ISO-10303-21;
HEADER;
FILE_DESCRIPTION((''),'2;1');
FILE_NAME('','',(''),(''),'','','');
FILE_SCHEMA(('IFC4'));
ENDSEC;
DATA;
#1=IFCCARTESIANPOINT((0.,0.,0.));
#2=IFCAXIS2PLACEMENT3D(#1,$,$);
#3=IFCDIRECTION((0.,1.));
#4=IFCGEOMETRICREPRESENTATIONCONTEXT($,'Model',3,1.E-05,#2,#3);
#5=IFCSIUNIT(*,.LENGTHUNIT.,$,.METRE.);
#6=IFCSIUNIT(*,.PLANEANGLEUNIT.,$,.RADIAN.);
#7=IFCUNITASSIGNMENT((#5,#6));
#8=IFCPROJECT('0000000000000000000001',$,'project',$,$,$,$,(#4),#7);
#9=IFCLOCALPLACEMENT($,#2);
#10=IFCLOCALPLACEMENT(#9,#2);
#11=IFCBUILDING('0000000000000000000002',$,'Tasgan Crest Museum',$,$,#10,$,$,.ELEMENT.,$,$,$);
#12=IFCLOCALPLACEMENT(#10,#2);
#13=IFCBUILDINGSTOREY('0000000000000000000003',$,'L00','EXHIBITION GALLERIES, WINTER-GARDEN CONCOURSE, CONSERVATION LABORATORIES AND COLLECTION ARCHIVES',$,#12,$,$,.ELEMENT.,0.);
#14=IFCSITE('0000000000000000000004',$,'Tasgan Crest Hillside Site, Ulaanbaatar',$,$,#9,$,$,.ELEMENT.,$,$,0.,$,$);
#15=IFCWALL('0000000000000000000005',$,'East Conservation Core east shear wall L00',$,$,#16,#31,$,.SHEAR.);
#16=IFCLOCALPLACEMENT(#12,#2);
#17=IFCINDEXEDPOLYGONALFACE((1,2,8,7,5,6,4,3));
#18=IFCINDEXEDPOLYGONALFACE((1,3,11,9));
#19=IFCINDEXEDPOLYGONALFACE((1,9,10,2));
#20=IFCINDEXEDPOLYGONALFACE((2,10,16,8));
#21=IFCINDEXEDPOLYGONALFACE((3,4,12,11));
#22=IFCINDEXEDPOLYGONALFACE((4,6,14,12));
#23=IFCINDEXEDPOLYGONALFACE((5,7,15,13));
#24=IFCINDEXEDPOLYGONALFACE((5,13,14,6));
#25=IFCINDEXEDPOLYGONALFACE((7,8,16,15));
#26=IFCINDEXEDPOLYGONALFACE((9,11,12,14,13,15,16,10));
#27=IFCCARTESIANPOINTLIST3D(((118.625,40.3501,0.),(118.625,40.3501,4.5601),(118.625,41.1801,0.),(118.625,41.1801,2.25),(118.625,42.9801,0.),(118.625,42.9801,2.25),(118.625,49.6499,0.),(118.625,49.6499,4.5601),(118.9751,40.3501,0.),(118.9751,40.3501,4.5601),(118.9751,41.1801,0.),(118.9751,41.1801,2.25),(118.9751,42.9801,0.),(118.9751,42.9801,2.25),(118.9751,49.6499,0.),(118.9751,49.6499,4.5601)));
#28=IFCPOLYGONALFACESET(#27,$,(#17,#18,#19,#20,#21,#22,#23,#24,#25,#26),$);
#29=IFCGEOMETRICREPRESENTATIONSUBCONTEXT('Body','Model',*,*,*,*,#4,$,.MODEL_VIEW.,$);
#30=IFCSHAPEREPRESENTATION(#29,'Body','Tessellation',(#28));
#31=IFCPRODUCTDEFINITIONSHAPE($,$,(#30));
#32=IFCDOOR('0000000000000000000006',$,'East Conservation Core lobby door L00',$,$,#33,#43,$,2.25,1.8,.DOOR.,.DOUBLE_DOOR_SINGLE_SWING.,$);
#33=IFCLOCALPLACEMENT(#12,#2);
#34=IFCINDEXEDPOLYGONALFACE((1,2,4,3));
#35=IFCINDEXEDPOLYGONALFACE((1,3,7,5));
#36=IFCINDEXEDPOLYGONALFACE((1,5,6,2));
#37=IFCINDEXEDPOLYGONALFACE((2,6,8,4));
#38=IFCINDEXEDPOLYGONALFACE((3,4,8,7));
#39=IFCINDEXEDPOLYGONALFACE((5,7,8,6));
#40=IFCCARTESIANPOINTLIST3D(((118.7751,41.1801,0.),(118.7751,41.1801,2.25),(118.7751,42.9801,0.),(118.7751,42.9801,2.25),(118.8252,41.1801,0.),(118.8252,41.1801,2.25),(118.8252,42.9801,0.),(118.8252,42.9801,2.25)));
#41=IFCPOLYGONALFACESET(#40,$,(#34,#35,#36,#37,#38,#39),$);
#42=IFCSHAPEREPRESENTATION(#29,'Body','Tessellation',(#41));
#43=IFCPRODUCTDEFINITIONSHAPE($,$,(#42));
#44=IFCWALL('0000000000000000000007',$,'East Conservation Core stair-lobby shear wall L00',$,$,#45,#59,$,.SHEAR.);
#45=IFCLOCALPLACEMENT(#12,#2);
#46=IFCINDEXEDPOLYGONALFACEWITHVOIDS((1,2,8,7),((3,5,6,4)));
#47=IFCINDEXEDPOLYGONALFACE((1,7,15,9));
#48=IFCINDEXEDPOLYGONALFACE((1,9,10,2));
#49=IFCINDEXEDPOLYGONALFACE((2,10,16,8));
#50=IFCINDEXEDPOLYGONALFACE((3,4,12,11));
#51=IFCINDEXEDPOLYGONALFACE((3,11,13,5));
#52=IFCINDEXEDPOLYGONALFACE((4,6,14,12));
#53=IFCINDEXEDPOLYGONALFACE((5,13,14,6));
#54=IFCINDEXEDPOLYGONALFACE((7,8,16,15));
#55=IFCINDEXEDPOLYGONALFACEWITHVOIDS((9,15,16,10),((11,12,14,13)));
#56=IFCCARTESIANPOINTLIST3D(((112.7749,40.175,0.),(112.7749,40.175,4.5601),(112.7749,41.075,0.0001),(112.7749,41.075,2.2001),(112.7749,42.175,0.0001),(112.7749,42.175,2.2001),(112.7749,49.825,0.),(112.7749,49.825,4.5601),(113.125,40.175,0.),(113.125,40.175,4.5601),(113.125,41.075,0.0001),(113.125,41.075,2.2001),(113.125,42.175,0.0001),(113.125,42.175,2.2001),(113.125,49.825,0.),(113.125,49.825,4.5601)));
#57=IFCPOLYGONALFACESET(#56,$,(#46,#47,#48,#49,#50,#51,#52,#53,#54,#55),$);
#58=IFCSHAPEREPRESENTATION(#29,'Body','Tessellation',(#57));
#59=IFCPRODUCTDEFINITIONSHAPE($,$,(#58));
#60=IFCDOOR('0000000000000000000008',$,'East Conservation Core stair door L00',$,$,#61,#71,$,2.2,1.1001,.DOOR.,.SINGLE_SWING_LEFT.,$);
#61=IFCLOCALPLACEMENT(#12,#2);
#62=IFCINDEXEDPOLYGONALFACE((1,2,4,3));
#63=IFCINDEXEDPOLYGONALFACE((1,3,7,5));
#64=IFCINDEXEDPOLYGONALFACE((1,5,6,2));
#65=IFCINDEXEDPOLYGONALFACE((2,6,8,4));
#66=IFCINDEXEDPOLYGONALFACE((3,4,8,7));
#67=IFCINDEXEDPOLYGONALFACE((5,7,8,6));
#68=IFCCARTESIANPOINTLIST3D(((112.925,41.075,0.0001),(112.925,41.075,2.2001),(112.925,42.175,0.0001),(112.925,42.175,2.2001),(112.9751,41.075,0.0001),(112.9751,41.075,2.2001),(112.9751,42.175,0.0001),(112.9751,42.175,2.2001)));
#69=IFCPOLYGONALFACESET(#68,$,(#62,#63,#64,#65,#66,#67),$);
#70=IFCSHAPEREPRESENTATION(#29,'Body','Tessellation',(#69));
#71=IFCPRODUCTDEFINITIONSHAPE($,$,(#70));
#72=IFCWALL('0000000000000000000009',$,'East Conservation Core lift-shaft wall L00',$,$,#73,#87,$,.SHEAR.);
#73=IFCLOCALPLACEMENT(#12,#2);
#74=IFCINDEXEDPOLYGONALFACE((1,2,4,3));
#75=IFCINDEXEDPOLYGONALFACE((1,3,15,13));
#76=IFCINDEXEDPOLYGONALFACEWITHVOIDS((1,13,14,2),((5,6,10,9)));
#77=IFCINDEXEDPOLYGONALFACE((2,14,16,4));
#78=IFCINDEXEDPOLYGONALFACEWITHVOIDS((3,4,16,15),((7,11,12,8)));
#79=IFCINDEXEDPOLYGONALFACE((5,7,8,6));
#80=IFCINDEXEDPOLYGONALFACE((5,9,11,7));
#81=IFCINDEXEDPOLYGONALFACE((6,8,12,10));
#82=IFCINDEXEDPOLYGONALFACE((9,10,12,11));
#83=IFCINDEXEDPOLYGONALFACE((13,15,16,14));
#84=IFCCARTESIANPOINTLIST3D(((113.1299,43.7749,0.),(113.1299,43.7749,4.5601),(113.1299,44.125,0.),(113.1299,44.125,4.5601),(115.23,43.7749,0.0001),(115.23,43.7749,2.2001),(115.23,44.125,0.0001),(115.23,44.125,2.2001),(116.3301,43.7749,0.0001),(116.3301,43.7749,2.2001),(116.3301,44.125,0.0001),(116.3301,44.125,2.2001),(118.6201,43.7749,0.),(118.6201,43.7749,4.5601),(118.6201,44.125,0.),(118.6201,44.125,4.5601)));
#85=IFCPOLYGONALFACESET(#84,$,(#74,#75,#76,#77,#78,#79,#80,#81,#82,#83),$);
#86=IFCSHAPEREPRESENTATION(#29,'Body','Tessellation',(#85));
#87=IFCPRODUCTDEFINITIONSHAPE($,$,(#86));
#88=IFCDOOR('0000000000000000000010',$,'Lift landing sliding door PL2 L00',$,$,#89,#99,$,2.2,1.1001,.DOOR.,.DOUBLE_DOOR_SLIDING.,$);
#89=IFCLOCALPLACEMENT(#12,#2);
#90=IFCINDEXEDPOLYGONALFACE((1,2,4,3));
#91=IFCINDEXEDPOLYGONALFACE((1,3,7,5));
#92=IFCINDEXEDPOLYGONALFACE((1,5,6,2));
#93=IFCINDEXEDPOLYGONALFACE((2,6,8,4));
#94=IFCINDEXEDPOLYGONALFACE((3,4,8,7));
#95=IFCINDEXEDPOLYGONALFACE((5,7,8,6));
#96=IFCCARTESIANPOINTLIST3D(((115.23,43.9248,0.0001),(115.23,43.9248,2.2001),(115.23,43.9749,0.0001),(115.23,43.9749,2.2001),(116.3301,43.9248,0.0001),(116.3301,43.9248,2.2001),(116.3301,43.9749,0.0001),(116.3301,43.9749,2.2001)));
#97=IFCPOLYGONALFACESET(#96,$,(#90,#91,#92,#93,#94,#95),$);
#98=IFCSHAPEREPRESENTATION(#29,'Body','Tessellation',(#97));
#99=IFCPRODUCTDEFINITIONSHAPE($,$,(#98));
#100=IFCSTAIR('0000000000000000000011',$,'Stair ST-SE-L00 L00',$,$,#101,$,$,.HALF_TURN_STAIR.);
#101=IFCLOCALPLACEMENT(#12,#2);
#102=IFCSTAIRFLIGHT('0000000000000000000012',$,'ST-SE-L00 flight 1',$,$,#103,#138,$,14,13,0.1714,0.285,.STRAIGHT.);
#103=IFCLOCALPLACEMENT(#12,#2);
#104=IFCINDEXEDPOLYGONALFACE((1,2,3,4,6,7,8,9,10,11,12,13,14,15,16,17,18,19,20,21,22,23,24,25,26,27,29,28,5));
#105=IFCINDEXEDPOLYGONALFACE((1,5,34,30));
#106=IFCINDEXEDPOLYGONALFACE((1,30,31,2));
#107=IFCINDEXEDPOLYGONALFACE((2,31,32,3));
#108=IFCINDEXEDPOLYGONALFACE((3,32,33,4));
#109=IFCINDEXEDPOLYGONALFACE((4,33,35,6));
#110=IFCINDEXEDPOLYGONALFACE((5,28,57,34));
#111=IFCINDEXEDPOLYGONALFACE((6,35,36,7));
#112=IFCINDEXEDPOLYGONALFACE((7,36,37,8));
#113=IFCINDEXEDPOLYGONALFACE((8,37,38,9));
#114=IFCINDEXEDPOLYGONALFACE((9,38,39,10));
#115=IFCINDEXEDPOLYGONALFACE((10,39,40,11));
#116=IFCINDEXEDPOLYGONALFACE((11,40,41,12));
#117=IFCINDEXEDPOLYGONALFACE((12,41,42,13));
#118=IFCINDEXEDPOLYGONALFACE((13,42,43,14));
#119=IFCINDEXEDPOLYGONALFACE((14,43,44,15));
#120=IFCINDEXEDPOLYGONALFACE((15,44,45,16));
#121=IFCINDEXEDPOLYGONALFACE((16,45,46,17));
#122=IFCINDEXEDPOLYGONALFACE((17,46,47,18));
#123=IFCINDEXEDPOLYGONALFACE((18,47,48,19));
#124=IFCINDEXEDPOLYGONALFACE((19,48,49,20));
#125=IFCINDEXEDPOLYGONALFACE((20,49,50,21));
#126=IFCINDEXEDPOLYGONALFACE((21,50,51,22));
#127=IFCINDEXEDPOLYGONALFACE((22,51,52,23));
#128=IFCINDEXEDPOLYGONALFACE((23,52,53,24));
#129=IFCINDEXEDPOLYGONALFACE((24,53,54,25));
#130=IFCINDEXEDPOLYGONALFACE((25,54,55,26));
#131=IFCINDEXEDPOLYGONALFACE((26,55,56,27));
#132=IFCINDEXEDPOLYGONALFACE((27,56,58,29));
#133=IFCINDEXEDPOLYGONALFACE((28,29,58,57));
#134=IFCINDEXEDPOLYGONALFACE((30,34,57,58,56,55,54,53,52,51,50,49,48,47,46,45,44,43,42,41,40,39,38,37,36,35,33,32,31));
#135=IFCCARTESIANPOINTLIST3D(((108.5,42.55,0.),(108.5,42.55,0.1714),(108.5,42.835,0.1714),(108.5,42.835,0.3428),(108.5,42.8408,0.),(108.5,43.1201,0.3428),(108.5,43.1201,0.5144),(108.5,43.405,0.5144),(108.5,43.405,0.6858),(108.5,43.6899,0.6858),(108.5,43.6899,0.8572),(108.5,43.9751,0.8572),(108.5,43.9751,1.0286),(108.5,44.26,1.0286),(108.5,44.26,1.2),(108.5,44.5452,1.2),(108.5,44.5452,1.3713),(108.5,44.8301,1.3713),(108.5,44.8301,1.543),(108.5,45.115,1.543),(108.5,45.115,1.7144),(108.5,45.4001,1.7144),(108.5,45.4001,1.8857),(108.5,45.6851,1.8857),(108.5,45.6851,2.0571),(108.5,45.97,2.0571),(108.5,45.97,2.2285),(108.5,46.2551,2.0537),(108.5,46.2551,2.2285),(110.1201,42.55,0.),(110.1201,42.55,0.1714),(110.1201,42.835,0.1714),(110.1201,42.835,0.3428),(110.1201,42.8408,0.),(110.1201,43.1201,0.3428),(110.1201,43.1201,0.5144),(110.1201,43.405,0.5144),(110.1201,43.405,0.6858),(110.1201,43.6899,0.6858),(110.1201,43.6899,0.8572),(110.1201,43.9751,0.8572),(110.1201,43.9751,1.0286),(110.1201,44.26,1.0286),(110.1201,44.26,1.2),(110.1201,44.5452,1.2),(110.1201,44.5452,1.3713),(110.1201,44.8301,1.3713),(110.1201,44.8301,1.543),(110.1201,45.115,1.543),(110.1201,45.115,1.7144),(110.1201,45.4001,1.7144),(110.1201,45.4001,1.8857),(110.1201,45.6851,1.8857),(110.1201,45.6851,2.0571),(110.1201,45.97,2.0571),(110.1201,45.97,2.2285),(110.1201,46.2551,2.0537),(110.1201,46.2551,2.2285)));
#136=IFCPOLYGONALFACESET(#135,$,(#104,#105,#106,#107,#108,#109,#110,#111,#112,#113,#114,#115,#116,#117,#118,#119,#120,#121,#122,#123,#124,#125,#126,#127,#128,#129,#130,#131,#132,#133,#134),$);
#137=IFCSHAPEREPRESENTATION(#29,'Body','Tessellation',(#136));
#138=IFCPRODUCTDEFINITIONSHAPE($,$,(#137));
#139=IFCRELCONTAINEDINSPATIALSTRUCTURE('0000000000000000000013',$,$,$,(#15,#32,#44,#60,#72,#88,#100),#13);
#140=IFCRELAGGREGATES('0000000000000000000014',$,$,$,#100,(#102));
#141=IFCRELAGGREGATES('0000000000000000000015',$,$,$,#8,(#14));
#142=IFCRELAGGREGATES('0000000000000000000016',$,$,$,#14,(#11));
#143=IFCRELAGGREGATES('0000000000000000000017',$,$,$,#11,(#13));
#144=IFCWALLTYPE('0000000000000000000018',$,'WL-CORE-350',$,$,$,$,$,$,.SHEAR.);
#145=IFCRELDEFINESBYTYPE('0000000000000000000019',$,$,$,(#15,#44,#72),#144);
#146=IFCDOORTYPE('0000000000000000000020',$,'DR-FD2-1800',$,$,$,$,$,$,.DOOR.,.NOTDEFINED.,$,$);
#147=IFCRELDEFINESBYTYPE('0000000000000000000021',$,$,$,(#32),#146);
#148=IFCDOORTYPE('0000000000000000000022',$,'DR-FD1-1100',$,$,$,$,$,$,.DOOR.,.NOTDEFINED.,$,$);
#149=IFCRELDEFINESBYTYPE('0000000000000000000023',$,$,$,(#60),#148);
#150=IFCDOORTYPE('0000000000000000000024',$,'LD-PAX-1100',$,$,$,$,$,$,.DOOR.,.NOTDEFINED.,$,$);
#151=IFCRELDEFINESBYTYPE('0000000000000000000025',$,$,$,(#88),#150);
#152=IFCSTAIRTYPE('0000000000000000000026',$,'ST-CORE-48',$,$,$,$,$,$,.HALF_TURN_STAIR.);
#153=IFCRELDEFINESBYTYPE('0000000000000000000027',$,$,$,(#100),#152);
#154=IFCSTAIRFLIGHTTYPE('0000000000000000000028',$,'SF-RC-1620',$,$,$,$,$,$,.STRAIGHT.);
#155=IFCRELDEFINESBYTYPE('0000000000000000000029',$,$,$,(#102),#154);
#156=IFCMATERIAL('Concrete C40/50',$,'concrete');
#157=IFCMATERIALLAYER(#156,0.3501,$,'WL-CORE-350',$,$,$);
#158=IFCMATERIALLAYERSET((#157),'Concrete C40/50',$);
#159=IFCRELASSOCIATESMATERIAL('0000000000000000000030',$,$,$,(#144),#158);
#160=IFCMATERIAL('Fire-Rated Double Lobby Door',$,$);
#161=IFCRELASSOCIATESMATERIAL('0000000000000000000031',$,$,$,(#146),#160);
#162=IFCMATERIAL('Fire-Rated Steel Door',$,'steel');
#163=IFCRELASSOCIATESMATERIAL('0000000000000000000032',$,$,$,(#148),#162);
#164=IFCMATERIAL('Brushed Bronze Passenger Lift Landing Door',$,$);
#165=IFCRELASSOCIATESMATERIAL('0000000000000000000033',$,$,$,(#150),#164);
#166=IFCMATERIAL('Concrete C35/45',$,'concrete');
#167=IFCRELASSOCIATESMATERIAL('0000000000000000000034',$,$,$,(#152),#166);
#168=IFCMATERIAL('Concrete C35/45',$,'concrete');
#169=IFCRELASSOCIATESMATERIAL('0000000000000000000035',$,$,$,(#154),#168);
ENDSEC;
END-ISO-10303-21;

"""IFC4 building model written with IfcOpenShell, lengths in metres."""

from ifc_helpers import new_model, si_unit, direction, frame, frame_2d, origin, place, context, subcontext, project, spatial, polyline, rectangle, outline, extrude, material, layer, layer_set, type_object, element, fill, aggregate, save


model = new_model("IFC4")

# Units and contexts
model_context = context("Model", 3, precision=1e-05, world=origin(), true_north=direction((0.0, 1.0)))
body_context = subcontext(model_context, "Body", "Model", "MODEL_VIEW")
ifc_project = project(units=[si_unit("LENGTHUNIT", "METRE"), si_unit("PLANEANGLEUNIT", "RADIAN")], contexts=[model_context])

# Site, building, storey
site_placement = place(None, origin())
site = spatial("IfcSite", under=ifc_project, at=site_placement, Name="Tasgan Crest Hillside Site, Ulaanbaatar", CompositionType="ELEMENT", RefElevation=0.0)
building_placement = place(site_placement, origin())
building = spatial("IfcBuilding", under=site, at=building_placement, Name="Tasgan Crest Museum", CompositionType="ELEMENT")
storey_placement = place(building_placement, origin())
storey = spatial("IfcBuildingStorey", under=building, at=storey_placement, Name="L00", Description="EXHIBITION GALLERIES, WINTER-GARDEN CONCOURSE, CONSERVATION LABORATORIES AND COLLECTION ARCHIVES", CompositionType="ELEMENT", Elevation=0.0)

# Walls, openings, doors
ifc_material_1 = material(Name="Concrete C40/50", Category="concrete")
ifc_layer_1 = layer(ifc_material_1, 0.3501, Name="WL-CORE-350")
ifc_layer_set_1 = layer_set([ifc_layer_1], Name="Concrete C40/50")
wall_type = type_object("IfcWallType", Name="WL-CORE-350", PredefinedType="SHEAR", material=ifc_layer_set_1)
wall_1_placement = place(storey_placement, frame((118.8, 40.3501, 0.0), z_axis=(0.0, 0.0, 1.0), x_axis=(0.0, 1.0, 0.0)))
wall_1 = element("IfcWall", 1, at=wall_1_placement, inside=storey, type_object=wall_type, Name="East Conservation Core east shear wall L00", PredefinedType="SHEAR", context=body_context, shape_type="SweptSolid", body=[
    extrude(rectangle(XDim=9.2998, YDim=0.3501, at=frame_2d((4.6499, 0.0))), origin(), (0.0, 0.0, 1.0), 4.5601),
])
opening_1_placement = place(wall_1_placement, frame((0.8301, 0.0, 0.0)))
opening_1 = element("IfcOpeningElement", 2, at=opening_1_placement, cuts=wall_1, PredefinedType="OPENING", context=body_context, shape_type="SweptSolid", body=[
    extrude(rectangle(XDim=1.8, YDim=2.25, at=frame_2d((0.8999, 1.125))), frame((0.0, 0.1851, 0.0), z_axis=(0.0, -1.0, 0.0), x_axis=(1.0, 0.0, 0.0)), (0.0, 0.0, 1.0), 0.3701),
])
ifc_material_2 = material(Name="Fire-Rated Double Lobby Door")
door_type_1 = type_object("IfcDoorType", Name="DR-FD2-1800", OperationType="NOTDEFINED", PredefinedType="DOOR", material=ifc_material_2)
door_1_placement = place(opening_1_placement, origin())
door_1 = element("IfcDoor", 3, at=door_1_placement, inside=storey, type_object=door_type_1, Name="East Conservation Core lobby door L00", OperationType="DOUBLE_DOOR_SINGLE_SWING", OverallHeight=2.25, OverallWidth=1.8, PredefinedType="DOOR", context=body_context, shape_type="SweptSolid", body=[
    extrude(rectangle(XDim=1.8, YDim=2.25, at=frame_2d((0.8999, 1.125))), frame((0.0, 0.0249, 0.0), z_axis=(0.0, -1.0, 0.0), x_axis=(1.0, 0.0, 0.0)), (0.0, 0.0, 1.0), 0.05),
])
fill(opening_1, door_1)
wall_2_placement = place(storey_placement, frame((112.95, 40.175, 0.0), z_axis=(0.0, 0.0, 1.0), x_axis=(0.0, 1.0, 0.0)))
wall_2 = element("IfcWall", 4, at=wall_2_placement, inside=storey, type_object=wall_type, Name="East Conservation Core stair-lobby shear wall L00", PredefinedType="SHEAR", context=body_context, shape_type="SweptSolid", body=[
    extrude(rectangle(XDim=9.6499, YDim=0.3501, at=frame_2d((4.825, 0.0))), origin(), (0.0, 0.0, 1.0), 4.5601),
])
opening_2_placement = place(wall_2_placement, frame((0.8999, 0.0, 0.0)))
opening_2 = element("IfcOpeningElement", 5, at=opening_2_placement, cuts=wall_2, PredefinedType="OPENING", context=body_context, shape_type="SweptSolid", body=[
    extrude(rectangle(XDim=1.1001, YDim=2.2, at=frame_2d((0.55, 1.1001))), frame((0.0, 0.1851, 0.0), z_axis=(0.0, -1.0, 0.0), x_axis=(1.0, 0.0, 0.0)), (0.0, 0.0, 1.0), 0.3701),
])
ifc_material_3 = material(Name="Fire-Rated Steel Door", Category="steel")
door_type_2 = type_object("IfcDoorType", Name="DR-FD1-1100", OperationType="NOTDEFINED", PredefinedType="DOOR", material=ifc_material_3)
door_2_placement = place(opening_2_placement, origin())
door_2 = element("IfcDoor", 6, at=door_2_placement, inside=storey, type_object=door_type_2, Name="East Conservation Core stair door L00", OperationType="SINGLE_SWING_LEFT", OverallHeight=2.2, OverallWidth=1.1001, PredefinedType="DOOR", context=body_context, shape_type="SweptSolid", body=[
    extrude(rectangle(XDim=1.1001, YDim=2.2, at=frame_2d((0.55, 1.1001))), frame((0.0, 0.0249, 0.0), z_axis=(0.0, -1.0, 0.0), x_axis=(1.0, 0.0, 0.0)), (0.0, 0.0, 1.0), 0.05),
])
fill(opening_2, door_2)
wall_3_placement = place(storey_placement, frame((113.1299, 43.95, 0.0), z_axis=(0.0, 0.0, 1.0), x_axis=(1.0, 0.0, 0.0)))
wall_3 = element("IfcWall", 7, at=wall_3_placement, inside=storey, type_object=wall_type, Name="East Conservation Core lift-shaft wall L00", PredefinedType="SHEAR", context=body_context, shape_type="SweptSolid", body=[
    extrude(rectangle(XDim=5.4902, YDim=0.3501, at=frame_2d((2.7451, 0.0))), origin(), (0.0, 0.0, 1.0), 4.5601),
])
opening_3_placement = place(wall_3_placement, frame((2.1001, 0.0, 0.0)))
opening_3 = element("IfcOpeningElement", 8, at=opening_3_placement, cuts=wall_3, PredefinedType="OPENING", context=body_context, shape_type="SweptSolid", body=[
    extrude(rectangle(XDim=1.1001, YDim=2.2, at=frame_2d((0.55, 1.1001))), frame((0.0, 0.1851, 0.0), z_axis=(0.0, -1.0, 0.0), x_axis=(1.0, 0.0, 0.0)), (0.0, 0.0, 1.0), 0.3701),
])
ifc_material_4 = material(Name="Brushed Bronze Passenger Lift Landing Door")
door_type_3 = type_object("IfcDoorType", Name="LD-PAX-1100", OperationType="NOTDEFINED", PredefinedType="DOOR", material=ifc_material_4)
door_3_placement = place(opening_3_placement, origin())
door_3 = element("IfcDoor", 9, at=door_3_placement, inside=storey, type_object=door_type_3, Name="Lift landing sliding door PL2 L00", OperationType="DOUBLE_DOOR_SLIDING", OverallHeight=2.2, OverallWidth=1.1001, PredefinedType="DOOR", context=body_context, shape_type="SweptSolid", body=[
    extrude(rectangle(XDim=1.1001, YDim=2.2, at=frame_2d((0.55, 1.1001))), frame((0.0, 0.0249, 0.0), z_axis=(0.0, -1.0, 0.0), x_axis=(1.0, 0.0, 0.0)), (0.0, 0.0, 1.0), 0.05),
])
fill(opening_3, door_3)

# Stair, stair flight
ifc_material_5 = material(Name="Concrete C35/45", Category="concrete")
stair_type = type_object("IfcStairType", Name="ST-CORE-48", PredefinedType="HALF_TURN_STAIR", material=ifc_material_5)
stair_placement = place(storey_placement, origin())
stair = element("IfcStair", 10, at=stair_placement, inside=storey, type_object=stair_type, Name="Stair ST-SE-L00 L00", PredefinedType="HALF_TURN_STAIR")
ifc_material_6 = material(Name="Concrete C35/45", Category="concrete")
stair_flight_type = type_object("IfcStairFlightType", Name="SF-RC-1620", PredefinedType="STRAIGHT", material=ifc_material_6)
stair_flight_1_placement = place(storey_placement, frame((109.3101, 42.55, 0.0), z_axis=(0.0, 0.0, 1.0), x_axis=(0.0, 1.0, 0.0)))
stair_flight_1 = element("IfcStairFlight", 11, at=stair_flight_1_placement, type_object=stair_flight_type, Name="ST-SE-L00 flight 1", NumberOfRisers=14, NumberOfTreads=13, PredefinedType="STRAIGHT", RiserHeight=0.1714, TreadLength=0.285, context=body_context, shape_type="SweptSolid", body=[
    extrude(outline(polyline([(0.0, 0.0), (0.0, 0.1714), (0.2849, 0.1714), (0.2849, 0.3428), (0.5701, 0.3428), (0.5701, 0.5144), (0.855, 0.5144), (0.855, 0.6858), (1.1399, 0.6858), (1.1399, 0.8572), (1.425, 0.8572), (1.425, 1.0286), (1.71, 1.0286), (1.71, 1.2), (1.9951, 1.2), (1.9951, 1.3713), (2.28, 1.3713), (2.28, 1.543), (2.5649, 1.543), (2.5649, 1.7144), (2.8501, 1.7144), (2.8501, 1.8857), (3.135, 1.8857), (3.135, 2.0571), (3.4199, 2.0571), (3.4199, 2.2285), (3.7051, 2.2285), (3.7051, 2.3999), (3.7051, 2.0537), (0.2908, 0.0), (0.0, 0.0)])), frame((0.0, 0.8101, 0.0), z_axis=(0.0, -1.0, 0.0), x_axis=(1.0, 0.0, 0.0)), (0.0, 0.0, 1.0), 1.6201),
])
aggregate(stair, [stair_flight_1])

save(model, "model.ifc")
